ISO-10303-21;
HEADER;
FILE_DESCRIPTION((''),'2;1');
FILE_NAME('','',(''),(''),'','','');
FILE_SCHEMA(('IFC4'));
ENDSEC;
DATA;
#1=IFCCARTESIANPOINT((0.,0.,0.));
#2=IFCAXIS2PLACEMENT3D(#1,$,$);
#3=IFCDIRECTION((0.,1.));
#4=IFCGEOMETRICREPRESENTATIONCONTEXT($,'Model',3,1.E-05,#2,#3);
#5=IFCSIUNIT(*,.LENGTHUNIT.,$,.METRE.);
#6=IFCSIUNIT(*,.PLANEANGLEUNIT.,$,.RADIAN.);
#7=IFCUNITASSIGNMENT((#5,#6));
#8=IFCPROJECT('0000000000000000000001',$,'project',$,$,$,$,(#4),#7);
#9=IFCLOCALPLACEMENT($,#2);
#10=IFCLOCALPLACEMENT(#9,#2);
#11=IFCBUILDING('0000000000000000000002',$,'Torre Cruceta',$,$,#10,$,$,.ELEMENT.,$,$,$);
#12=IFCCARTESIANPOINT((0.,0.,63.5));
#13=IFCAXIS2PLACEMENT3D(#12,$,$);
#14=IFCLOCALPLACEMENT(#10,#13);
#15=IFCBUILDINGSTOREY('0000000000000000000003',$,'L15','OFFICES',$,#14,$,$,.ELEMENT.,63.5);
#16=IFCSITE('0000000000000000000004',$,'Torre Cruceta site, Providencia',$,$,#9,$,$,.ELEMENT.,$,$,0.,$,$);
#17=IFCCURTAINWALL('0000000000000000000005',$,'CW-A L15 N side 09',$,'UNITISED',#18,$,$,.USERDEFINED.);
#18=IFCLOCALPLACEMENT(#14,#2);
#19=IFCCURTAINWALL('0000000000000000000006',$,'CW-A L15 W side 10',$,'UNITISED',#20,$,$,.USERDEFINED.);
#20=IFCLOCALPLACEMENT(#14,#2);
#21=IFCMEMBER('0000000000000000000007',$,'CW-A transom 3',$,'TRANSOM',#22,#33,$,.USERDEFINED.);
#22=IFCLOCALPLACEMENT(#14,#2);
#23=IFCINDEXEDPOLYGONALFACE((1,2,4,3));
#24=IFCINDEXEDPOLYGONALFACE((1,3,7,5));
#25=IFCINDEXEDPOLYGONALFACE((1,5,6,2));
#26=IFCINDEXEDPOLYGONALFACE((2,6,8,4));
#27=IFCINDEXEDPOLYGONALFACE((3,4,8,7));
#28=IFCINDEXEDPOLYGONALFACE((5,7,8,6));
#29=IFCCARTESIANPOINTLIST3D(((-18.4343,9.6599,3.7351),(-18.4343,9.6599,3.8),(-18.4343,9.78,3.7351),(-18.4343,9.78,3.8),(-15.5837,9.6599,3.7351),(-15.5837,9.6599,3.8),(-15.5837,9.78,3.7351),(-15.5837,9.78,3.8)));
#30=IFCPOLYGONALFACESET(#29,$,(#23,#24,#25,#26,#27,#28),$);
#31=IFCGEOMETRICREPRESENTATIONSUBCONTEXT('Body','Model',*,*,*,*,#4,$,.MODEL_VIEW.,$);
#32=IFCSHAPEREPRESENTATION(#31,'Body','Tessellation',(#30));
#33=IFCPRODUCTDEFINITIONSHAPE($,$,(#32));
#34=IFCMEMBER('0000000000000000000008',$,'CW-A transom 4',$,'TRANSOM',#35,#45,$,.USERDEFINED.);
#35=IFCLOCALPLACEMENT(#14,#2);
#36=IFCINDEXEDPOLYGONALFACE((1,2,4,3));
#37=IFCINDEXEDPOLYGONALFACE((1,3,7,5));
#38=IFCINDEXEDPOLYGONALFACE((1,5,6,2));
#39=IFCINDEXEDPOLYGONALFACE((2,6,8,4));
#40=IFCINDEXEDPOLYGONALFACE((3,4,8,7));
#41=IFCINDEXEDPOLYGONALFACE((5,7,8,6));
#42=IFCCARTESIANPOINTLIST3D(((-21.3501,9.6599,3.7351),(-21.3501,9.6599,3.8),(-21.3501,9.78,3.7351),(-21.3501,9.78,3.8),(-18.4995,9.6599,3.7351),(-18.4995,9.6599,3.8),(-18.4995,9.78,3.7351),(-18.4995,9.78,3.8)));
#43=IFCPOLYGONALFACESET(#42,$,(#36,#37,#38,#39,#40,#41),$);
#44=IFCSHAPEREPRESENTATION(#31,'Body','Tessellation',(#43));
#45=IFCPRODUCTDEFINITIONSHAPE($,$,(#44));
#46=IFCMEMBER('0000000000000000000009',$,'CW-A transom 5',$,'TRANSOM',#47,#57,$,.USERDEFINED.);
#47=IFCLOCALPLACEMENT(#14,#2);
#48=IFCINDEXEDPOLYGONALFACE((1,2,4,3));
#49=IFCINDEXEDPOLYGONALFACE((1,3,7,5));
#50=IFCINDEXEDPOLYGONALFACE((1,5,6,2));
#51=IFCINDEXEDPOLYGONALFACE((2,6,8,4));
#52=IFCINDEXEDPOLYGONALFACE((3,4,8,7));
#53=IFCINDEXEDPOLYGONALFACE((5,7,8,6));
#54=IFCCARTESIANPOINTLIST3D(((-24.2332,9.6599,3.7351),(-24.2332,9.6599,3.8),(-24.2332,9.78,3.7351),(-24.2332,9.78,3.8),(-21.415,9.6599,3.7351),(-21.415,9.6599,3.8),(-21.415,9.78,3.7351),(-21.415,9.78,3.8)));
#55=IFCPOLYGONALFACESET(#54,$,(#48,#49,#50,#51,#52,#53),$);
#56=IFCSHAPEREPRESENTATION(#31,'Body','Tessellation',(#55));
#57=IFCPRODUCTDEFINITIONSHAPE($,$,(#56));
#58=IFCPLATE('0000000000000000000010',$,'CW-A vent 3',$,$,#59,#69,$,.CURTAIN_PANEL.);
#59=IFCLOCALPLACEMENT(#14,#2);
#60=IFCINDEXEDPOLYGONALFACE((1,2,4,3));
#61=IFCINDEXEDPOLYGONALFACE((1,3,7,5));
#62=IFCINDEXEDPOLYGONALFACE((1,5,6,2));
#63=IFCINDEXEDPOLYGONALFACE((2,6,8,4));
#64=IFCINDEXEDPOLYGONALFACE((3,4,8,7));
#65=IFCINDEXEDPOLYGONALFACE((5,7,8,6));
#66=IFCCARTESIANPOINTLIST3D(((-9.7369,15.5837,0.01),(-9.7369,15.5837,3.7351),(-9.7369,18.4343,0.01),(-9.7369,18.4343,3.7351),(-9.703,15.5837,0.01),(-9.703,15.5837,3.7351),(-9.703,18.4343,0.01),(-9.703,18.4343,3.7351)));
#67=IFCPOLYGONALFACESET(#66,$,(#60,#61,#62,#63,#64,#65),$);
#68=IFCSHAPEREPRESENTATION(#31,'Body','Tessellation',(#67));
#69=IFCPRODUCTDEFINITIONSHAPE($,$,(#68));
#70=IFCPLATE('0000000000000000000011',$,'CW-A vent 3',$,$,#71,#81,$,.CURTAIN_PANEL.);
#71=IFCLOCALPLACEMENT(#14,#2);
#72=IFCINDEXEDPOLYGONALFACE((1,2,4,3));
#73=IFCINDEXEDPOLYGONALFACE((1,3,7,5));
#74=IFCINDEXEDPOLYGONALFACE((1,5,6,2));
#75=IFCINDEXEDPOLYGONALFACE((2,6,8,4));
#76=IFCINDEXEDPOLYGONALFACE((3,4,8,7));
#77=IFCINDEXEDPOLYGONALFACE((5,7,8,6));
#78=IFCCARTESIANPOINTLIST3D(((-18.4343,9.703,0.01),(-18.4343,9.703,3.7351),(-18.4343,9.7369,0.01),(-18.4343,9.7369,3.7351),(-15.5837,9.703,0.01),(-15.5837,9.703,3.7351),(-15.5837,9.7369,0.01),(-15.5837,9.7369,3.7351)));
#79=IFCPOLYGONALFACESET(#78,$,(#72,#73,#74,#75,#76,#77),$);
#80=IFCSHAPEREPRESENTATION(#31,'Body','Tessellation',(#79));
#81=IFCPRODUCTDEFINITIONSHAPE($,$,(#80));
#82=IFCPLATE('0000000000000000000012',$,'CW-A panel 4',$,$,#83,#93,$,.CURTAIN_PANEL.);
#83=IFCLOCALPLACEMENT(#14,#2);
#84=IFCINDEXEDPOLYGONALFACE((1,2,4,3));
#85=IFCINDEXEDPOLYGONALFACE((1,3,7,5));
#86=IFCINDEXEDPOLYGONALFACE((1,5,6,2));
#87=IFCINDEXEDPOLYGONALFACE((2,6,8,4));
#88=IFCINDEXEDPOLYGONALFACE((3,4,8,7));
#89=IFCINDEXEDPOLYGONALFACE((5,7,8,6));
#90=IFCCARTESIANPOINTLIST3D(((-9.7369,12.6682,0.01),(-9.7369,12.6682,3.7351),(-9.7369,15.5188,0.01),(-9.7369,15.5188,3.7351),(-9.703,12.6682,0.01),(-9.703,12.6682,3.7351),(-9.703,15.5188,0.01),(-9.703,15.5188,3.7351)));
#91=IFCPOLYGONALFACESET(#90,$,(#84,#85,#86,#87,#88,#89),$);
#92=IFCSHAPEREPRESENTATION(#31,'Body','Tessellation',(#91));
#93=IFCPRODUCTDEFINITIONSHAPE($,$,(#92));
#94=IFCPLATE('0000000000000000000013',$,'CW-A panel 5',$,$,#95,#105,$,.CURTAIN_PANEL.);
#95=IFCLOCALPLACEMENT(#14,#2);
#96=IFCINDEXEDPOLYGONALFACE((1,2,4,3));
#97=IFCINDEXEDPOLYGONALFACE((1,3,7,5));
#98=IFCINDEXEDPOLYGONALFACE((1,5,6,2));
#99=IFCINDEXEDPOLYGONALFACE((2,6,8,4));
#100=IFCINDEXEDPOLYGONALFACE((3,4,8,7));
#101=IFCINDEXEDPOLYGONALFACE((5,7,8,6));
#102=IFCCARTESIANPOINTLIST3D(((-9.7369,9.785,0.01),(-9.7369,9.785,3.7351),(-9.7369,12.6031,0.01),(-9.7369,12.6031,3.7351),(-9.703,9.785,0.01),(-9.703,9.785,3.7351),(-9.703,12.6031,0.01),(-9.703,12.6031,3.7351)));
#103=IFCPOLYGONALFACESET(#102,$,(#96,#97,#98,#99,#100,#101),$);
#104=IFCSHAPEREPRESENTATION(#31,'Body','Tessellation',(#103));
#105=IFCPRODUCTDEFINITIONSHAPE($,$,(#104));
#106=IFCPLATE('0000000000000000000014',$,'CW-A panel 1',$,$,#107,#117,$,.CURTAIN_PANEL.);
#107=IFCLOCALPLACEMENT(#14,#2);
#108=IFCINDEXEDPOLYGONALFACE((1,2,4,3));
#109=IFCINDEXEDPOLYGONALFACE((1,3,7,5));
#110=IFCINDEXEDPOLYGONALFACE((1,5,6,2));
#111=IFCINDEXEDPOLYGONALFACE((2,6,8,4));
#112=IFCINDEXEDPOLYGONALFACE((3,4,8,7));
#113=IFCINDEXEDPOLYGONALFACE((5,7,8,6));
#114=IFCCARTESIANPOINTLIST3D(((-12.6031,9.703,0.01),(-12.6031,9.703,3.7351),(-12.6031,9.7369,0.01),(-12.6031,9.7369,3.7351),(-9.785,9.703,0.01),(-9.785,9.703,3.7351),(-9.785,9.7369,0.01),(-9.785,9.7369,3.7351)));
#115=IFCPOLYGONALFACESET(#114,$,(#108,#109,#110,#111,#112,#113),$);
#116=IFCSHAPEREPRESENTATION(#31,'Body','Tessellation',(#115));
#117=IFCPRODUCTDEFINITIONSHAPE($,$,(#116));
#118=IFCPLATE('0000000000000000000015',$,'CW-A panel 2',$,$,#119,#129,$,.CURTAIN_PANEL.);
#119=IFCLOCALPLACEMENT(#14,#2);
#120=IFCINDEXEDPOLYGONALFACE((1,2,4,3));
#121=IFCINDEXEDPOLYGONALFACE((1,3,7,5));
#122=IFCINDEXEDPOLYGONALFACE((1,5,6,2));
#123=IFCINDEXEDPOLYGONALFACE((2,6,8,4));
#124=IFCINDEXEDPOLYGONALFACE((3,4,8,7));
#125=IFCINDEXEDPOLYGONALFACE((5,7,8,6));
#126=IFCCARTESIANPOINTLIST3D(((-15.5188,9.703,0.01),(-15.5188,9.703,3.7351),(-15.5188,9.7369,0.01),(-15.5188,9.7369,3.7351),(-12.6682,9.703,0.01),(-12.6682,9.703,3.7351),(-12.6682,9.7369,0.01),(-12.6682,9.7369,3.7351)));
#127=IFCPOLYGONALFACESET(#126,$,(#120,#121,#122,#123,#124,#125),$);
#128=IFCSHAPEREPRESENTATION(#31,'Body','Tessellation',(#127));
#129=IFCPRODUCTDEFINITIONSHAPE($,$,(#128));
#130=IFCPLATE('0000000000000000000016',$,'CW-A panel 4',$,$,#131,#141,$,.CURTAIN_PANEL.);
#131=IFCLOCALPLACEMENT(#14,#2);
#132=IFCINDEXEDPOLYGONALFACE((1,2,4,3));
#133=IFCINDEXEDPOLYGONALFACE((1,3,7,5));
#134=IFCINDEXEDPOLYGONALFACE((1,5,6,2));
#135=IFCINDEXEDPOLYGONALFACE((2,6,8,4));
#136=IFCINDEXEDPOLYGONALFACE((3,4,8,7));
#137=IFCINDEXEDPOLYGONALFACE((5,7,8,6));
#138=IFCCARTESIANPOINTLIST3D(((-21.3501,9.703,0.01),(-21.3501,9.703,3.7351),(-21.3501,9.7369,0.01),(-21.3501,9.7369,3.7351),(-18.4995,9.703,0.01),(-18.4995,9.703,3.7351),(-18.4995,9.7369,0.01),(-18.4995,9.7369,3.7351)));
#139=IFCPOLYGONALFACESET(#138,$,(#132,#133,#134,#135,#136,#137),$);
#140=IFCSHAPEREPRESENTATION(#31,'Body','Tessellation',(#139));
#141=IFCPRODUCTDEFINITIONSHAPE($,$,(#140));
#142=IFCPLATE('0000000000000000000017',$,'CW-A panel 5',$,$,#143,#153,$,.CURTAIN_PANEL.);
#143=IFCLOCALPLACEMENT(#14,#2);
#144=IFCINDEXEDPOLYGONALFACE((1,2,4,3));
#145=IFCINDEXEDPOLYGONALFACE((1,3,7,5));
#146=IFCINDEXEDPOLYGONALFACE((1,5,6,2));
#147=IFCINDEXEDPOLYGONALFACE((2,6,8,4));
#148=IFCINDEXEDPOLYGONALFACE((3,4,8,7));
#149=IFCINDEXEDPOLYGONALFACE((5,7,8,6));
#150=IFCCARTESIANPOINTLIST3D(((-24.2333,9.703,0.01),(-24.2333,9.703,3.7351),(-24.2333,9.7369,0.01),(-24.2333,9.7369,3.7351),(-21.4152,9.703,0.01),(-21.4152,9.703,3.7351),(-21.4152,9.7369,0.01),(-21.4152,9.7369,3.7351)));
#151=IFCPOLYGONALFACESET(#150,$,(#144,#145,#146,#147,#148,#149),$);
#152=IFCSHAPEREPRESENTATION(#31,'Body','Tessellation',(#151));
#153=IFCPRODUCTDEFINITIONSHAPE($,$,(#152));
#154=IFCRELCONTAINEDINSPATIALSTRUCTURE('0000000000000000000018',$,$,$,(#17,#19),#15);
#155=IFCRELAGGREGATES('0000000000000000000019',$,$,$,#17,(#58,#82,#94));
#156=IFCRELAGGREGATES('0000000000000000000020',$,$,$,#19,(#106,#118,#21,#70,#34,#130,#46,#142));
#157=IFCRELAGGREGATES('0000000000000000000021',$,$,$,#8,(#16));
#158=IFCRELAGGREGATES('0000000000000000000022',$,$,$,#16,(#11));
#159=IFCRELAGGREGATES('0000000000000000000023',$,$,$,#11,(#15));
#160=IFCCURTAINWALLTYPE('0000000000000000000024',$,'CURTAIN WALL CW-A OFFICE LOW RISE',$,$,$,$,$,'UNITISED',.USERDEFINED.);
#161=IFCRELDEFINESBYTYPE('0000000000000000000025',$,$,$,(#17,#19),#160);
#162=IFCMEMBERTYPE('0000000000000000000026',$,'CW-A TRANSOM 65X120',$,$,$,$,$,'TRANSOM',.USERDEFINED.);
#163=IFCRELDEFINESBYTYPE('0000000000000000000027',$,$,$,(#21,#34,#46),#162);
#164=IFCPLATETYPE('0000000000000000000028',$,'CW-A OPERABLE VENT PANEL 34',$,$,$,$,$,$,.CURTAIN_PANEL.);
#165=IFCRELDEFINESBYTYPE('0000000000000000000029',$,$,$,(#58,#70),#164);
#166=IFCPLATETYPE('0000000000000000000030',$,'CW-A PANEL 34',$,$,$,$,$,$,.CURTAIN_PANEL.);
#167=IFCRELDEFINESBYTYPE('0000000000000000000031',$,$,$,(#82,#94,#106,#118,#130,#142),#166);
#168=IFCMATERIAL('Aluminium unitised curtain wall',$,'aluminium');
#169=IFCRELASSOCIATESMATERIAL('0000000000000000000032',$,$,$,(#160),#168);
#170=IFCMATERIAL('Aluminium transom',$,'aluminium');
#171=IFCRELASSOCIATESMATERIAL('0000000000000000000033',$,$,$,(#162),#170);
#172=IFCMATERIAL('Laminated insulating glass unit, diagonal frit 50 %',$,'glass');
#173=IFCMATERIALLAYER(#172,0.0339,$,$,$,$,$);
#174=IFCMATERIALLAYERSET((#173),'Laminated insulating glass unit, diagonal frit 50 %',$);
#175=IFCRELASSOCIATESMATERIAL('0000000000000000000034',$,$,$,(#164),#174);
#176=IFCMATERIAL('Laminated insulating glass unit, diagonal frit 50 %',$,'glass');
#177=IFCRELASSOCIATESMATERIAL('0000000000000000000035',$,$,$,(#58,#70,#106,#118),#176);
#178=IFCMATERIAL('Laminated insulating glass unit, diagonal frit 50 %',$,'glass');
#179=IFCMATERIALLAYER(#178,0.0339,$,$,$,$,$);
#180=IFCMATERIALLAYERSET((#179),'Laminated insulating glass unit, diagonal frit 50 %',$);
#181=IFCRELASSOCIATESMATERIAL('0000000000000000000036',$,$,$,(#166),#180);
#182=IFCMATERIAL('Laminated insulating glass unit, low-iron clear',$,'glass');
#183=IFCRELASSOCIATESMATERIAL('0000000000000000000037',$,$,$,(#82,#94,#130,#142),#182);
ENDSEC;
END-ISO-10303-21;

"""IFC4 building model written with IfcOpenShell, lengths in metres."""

from ifc_helpers import new_model, si_unit, direction, frame, origin, origin_2d, place, context, subcontext, project, spatial, rectangle, extrude, material, layer, layer_set, material_profile, profile_set, type_object, element, aggregate, save


model = new_model("IFC4")

# Units and contexts
model_context = context("Model", 3, precision=1e-05, world=origin(), true_north=direction((0.0, 1.0)))
body_context = subcontext(model_context, "Body", "Model", "MODEL_VIEW")
ifc_project = project(units=[si_unit("LENGTHUNIT", "METRE"), si_unit("PLANEANGLEUNIT", "RADIAN")], contexts=[model_context])

# Site, building, storey
site_placement = place(None, origin())
site = spatial("IfcSite", under=ifc_project, at=site_placement, Name="Torre Cruceta site, Providencia", CompositionType="ELEMENT", RefElevation=0.0)
building_placement = place(site_placement, origin())
building = spatial("IfcBuilding", under=site, at=building_placement, Name="Torre Cruceta", CompositionType="ELEMENT")
storey_placement = place(building_placement, frame((0.0, 0.0, 63.5)))
storey = spatial("IfcBuildingStorey", under=building, at=storey_placement, Name="L15", Description="OFFICES", CompositionType="ELEMENT", Elevation=63.5)

# Curtain walls
ifc_material_1 = material(Name="Aluminium unitised curtain wall", Category="aluminium")
curtain_wall_type = type_object("IfcCurtainWallType", Name="CURTAIN WALL CW-A OFFICE LOW RISE", ElementType="UNITISED", PredefinedType="USERDEFINED", material=ifc_material_1)
curtain_wall_1_placement = place(storey_placement, origin())
curtain_wall_1 = element("IfcCurtainWall", 1, at=curtain_wall_1_placement, inside=storey, type_object=curtain_wall_type, Name="CW-A L15 N side 09", ObjectType="UNITISED", PredefinedType="USERDEFINED")
curtain_wall_2_placement = place(storey_placement, origin())
curtain_wall_2 = element("IfcCurtainWall", 2, at=curtain_wall_2_placement, inside=storey, type_object=curtain_wall_type, Name="CW-A L15 W side 10", ObjectType="UNITISED", PredefinedType="USERDEFINED")

# Members
ifc_material_2 = material(Name="Aluminium transom", Category="aluminium")
ifc_material_profile_1 = material_profile(ifc_material_2, rectangle(XDim=0.1201, YDim=0.0649, at=origin_2d()), Name="AL 120X65")
ifc_profile_set_1 = profile_set([ifc_material_profile_1], Name="Aluminium transom")
member_type_1 = type_object("IfcMemberType", Name="CW-A TRANSOM 65X120", ElementType="TRANSOM", PredefinedType="USERDEFINED", material=ifc_profile_set_1)
member_1_placement = place(storey_placement, frame((-15.5837, 9.72, 3.7676), z_axis=(-1.0, 0.0, 0.0), x_axis=(0.0, -1.0, 0.0)))
member_1 = element("IfcMember", 3, at=member_1_placement, type_object=member_type_1, Name="CW-A transom 3", ObjectType="TRANSOM", PredefinedType="USERDEFINED", context=body_context, shape_type="SweptSolid", body=[
    extrude(rectangle(XDim=0.1201, YDim=0.0649, at=origin_2d()), origin(), (0.0, 0.0, 1.0), 2.8506),
])
member_2_placement = place(storey_placement, frame((-18.4995, 9.72, 3.7676), z_axis=(-1.0, 0.0, 0.0), x_axis=(0.0, -1.0, 0.0)))
member_2 = element("IfcMember", 4, at=member_2_placement, type_object=member_type_1, Name="CW-A transom 4", ObjectType="TRANSOM", PredefinedType="USERDEFINED", context=body_context, shape_type="SweptSolid", body=[
    extrude(rectangle(XDim=0.1201, YDim=0.0649, at=origin_2d()), origin(), (0.0, 0.0, 1.0), 2.8506),
])
member_3_placement = place(storey_placement, frame((-21.415, 9.72, 3.7676), z_axis=(-1.0, 0.0, 0.0), x_axis=(0.0, -1.0, 0.0)))
member_3 = element("IfcMember", 5, at=member_3_placement, type_object=member_type_1, Name="CW-A transom 5", ObjectType="TRANSOM", PredefinedType="USERDEFINED", context=body_context, shape_type="SweptSolid", body=[
    extrude(rectangle(XDim=0.1201, YDim=0.0649, at=origin_2d()), origin(), (0.0, 0.0, 1.0), 2.8181),
])

# Plates
ifc_material_3 = material(Name="Laminated insulating glass unit, diagonal frit 50 %", Category="glass")
ifc_material_4 = material(Name="Laminated insulating glass unit, diagonal frit 50 %", Category="glass")
ifc_layer_1 = layer(ifc_material_4, 0.0339)
ifc_layer_set_1 = layer_set([ifc_layer_1], Name="Laminated insulating glass unit, diagonal frit 50 %")
plate_type_1 = type_object("IfcPlateType", Name="CW-A OPERABLE VENT PANEL 34", PredefinedType="CURTAIN_PANEL", material=ifc_layer_set_1)
plate_1_placement = place(storey_placement, frame((-9.72, 17.009, 0.01), z_axis=(0.0, 0.0, 1.0), x_axis=(0.0, -1.0, 0.0)))
plate_1 = element("IfcPlate", 6, at=plate_1_placement, type_object=plate_type_1, material=ifc_material_3, Name="CW-A vent 3", PredefinedType="CURTAIN_PANEL", context=body_context, shape_type="SweptSolid", body=[
    extrude(rectangle(XDim=2.8506, YDim=0.0339, at=origin_2d()), origin(), (0.0, 0.0, 1.0), 3.7251),
])
plate_2_placement = place(storey_placement, frame((-17.009, 9.72, 0.01), z_axis=(0.0, 0.0, 1.0), x_axis=(-1.0, 0.0, 0.0)))
plate_2 = element("IfcPlate", 7, at=plate_2_placement, type_object=plate_type_1, material=ifc_material_3, Name="CW-A vent 3", PredefinedType="CURTAIN_PANEL", context=body_context, shape_type="SweptSolid", body=[
    extrude(rectangle(XDim=2.8506, YDim=0.0339, at=origin_2d()), origin(), (0.0, 0.0, 1.0), 3.7251),
])
ifc_material_5 = material(Name="Laminated insulating glass unit, low-iron clear", Category="glass")
ifc_material_6 = material(Name="Laminated insulating glass unit, diagonal frit 50 %", Category="glass")
ifc_layer_2 = layer(ifc_material_6, 0.0339)
ifc_layer_set_2 = layer_set([ifc_layer_2], Name="Laminated insulating glass unit, diagonal frit 50 %")
plate_type_2 = type_object("IfcPlateType", Name="CW-A PANEL 34", PredefinedType="CURTAIN_PANEL", material=ifc_layer_set_2)
plate_3_placement = place(storey_placement, frame((-9.72, 14.0935, 0.01), z_axis=(0.0, 0.0, 1.0), x_axis=(0.0, -1.0, 0.0)))
plate_3 = element("IfcPlate", 8, at=plate_3_placement, type_object=plate_type_2, material=ifc_material_5, Name="CW-A panel 4", PredefinedType="CURTAIN_PANEL", context=body_context, shape_type="SweptSolid", body=[
    extrude(rectangle(XDim=2.8506, YDim=0.0339, at=origin_2d()), origin(), (0.0, 0.0, 1.0), 3.7251),
])
plate_4_placement = place(storey_placement, frame((-9.72, 11.1941, 0.01), z_axis=(0.0, 0.0, 1.0), x_axis=(0.0, -1.0, 0.0)))
plate_4 = element("IfcPlate", 9, at=plate_4_placement, type_object=plate_type_2, material=ifc_material_5, Name="CW-A panel 5", PredefinedType="CURTAIN_PANEL", context=body_context, shape_type="SweptSolid", body=[
    extrude(rectangle(XDim=2.8181, YDim=0.0339, at=origin_2d()), origin(), (0.0, 0.0, 1.0), 3.7251),
])
aggregate(curtain_wall_1, [plate_1, plate_3, plate_4])
plate_5_placement = place(storey_placement, frame((-11.1941, 9.72, 0.01), z_axis=(0.0, 0.0, 1.0), x_axis=(-1.0, 0.0, 0.0)))
plate_5 = element("IfcPlate", 10, at=plate_5_placement, type_object=plate_type_2, material=ifc_material_3, Name="CW-A panel 1", PredefinedType="CURTAIN_PANEL", context=body_context, shape_type="SweptSolid", body=[
    extrude(rectangle(XDim=2.8181, YDim=0.0339, at=origin_2d()), origin(), (0.0, 0.0, 1.0), 3.7251),
])
plate_6_placement = place(storey_placement, frame((-14.0935, 9.72, 0.01), z_axis=(0.0, 0.0, 1.0), x_axis=(-1.0, 0.0, 0.0)))
plate_6 = element("IfcPlate", 11, at=plate_6_placement, type_object=plate_type_2, material=ifc_material_3, Name="CW-A panel 2", PredefinedType="CURTAIN_PANEL", context=body_context, shape_type="SweptSolid", body=[
    extrude(rectangle(XDim=2.8506, YDim=0.0339, at=origin_2d()), origin(), (0.0, 0.0, 1.0), 3.7251),
])
plate_7_placement = place(storey_placement, frame((-19.9248, 9.72, 0.01), z_axis=(0.0, 0.0, 1.0), x_axis=(-1.0, 0.0, 0.0)))
plate_7 = element("IfcPlate", 12, at=plate_7_placement, type_object=plate_type_2, material=ifc_material_5, Name="CW-A panel 4", PredefinedType="CURTAIN_PANEL", context=body_context, shape_type="SweptSolid", body=[
    extrude(rectangle(XDim=2.8506, YDim=0.0339, at=origin_2d()), origin(), (0.0, 0.0, 1.0), 3.7251),
])
plate_8_placement = place(storey_placement, frame((-22.8242, 9.72, 0.01), z_axis=(0.0, 0.0, 1.0), x_axis=(-1.0, 0.0, 0.0)))
plate_8 = element("IfcPlate", 13, at=plate_8_placement, type_object=plate_type_2, material=ifc_material_5, Name="CW-A panel 5", PredefinedType="CURTAIN_PANEL", context=body_context, shape_type="SweptSolid", body=[
    extrude(rectangle(XDim=2.8181, YDim=0.0339, at=origin_2d()), origin(), (0.0, 0.0, 1.0), 3.7251),
])
aggregate(curtain_wall_2, [plate_5, plate_6, member_1, plate_2, member_2, plate_7, member_3, plate_8])

save(model, "model.ifc")
